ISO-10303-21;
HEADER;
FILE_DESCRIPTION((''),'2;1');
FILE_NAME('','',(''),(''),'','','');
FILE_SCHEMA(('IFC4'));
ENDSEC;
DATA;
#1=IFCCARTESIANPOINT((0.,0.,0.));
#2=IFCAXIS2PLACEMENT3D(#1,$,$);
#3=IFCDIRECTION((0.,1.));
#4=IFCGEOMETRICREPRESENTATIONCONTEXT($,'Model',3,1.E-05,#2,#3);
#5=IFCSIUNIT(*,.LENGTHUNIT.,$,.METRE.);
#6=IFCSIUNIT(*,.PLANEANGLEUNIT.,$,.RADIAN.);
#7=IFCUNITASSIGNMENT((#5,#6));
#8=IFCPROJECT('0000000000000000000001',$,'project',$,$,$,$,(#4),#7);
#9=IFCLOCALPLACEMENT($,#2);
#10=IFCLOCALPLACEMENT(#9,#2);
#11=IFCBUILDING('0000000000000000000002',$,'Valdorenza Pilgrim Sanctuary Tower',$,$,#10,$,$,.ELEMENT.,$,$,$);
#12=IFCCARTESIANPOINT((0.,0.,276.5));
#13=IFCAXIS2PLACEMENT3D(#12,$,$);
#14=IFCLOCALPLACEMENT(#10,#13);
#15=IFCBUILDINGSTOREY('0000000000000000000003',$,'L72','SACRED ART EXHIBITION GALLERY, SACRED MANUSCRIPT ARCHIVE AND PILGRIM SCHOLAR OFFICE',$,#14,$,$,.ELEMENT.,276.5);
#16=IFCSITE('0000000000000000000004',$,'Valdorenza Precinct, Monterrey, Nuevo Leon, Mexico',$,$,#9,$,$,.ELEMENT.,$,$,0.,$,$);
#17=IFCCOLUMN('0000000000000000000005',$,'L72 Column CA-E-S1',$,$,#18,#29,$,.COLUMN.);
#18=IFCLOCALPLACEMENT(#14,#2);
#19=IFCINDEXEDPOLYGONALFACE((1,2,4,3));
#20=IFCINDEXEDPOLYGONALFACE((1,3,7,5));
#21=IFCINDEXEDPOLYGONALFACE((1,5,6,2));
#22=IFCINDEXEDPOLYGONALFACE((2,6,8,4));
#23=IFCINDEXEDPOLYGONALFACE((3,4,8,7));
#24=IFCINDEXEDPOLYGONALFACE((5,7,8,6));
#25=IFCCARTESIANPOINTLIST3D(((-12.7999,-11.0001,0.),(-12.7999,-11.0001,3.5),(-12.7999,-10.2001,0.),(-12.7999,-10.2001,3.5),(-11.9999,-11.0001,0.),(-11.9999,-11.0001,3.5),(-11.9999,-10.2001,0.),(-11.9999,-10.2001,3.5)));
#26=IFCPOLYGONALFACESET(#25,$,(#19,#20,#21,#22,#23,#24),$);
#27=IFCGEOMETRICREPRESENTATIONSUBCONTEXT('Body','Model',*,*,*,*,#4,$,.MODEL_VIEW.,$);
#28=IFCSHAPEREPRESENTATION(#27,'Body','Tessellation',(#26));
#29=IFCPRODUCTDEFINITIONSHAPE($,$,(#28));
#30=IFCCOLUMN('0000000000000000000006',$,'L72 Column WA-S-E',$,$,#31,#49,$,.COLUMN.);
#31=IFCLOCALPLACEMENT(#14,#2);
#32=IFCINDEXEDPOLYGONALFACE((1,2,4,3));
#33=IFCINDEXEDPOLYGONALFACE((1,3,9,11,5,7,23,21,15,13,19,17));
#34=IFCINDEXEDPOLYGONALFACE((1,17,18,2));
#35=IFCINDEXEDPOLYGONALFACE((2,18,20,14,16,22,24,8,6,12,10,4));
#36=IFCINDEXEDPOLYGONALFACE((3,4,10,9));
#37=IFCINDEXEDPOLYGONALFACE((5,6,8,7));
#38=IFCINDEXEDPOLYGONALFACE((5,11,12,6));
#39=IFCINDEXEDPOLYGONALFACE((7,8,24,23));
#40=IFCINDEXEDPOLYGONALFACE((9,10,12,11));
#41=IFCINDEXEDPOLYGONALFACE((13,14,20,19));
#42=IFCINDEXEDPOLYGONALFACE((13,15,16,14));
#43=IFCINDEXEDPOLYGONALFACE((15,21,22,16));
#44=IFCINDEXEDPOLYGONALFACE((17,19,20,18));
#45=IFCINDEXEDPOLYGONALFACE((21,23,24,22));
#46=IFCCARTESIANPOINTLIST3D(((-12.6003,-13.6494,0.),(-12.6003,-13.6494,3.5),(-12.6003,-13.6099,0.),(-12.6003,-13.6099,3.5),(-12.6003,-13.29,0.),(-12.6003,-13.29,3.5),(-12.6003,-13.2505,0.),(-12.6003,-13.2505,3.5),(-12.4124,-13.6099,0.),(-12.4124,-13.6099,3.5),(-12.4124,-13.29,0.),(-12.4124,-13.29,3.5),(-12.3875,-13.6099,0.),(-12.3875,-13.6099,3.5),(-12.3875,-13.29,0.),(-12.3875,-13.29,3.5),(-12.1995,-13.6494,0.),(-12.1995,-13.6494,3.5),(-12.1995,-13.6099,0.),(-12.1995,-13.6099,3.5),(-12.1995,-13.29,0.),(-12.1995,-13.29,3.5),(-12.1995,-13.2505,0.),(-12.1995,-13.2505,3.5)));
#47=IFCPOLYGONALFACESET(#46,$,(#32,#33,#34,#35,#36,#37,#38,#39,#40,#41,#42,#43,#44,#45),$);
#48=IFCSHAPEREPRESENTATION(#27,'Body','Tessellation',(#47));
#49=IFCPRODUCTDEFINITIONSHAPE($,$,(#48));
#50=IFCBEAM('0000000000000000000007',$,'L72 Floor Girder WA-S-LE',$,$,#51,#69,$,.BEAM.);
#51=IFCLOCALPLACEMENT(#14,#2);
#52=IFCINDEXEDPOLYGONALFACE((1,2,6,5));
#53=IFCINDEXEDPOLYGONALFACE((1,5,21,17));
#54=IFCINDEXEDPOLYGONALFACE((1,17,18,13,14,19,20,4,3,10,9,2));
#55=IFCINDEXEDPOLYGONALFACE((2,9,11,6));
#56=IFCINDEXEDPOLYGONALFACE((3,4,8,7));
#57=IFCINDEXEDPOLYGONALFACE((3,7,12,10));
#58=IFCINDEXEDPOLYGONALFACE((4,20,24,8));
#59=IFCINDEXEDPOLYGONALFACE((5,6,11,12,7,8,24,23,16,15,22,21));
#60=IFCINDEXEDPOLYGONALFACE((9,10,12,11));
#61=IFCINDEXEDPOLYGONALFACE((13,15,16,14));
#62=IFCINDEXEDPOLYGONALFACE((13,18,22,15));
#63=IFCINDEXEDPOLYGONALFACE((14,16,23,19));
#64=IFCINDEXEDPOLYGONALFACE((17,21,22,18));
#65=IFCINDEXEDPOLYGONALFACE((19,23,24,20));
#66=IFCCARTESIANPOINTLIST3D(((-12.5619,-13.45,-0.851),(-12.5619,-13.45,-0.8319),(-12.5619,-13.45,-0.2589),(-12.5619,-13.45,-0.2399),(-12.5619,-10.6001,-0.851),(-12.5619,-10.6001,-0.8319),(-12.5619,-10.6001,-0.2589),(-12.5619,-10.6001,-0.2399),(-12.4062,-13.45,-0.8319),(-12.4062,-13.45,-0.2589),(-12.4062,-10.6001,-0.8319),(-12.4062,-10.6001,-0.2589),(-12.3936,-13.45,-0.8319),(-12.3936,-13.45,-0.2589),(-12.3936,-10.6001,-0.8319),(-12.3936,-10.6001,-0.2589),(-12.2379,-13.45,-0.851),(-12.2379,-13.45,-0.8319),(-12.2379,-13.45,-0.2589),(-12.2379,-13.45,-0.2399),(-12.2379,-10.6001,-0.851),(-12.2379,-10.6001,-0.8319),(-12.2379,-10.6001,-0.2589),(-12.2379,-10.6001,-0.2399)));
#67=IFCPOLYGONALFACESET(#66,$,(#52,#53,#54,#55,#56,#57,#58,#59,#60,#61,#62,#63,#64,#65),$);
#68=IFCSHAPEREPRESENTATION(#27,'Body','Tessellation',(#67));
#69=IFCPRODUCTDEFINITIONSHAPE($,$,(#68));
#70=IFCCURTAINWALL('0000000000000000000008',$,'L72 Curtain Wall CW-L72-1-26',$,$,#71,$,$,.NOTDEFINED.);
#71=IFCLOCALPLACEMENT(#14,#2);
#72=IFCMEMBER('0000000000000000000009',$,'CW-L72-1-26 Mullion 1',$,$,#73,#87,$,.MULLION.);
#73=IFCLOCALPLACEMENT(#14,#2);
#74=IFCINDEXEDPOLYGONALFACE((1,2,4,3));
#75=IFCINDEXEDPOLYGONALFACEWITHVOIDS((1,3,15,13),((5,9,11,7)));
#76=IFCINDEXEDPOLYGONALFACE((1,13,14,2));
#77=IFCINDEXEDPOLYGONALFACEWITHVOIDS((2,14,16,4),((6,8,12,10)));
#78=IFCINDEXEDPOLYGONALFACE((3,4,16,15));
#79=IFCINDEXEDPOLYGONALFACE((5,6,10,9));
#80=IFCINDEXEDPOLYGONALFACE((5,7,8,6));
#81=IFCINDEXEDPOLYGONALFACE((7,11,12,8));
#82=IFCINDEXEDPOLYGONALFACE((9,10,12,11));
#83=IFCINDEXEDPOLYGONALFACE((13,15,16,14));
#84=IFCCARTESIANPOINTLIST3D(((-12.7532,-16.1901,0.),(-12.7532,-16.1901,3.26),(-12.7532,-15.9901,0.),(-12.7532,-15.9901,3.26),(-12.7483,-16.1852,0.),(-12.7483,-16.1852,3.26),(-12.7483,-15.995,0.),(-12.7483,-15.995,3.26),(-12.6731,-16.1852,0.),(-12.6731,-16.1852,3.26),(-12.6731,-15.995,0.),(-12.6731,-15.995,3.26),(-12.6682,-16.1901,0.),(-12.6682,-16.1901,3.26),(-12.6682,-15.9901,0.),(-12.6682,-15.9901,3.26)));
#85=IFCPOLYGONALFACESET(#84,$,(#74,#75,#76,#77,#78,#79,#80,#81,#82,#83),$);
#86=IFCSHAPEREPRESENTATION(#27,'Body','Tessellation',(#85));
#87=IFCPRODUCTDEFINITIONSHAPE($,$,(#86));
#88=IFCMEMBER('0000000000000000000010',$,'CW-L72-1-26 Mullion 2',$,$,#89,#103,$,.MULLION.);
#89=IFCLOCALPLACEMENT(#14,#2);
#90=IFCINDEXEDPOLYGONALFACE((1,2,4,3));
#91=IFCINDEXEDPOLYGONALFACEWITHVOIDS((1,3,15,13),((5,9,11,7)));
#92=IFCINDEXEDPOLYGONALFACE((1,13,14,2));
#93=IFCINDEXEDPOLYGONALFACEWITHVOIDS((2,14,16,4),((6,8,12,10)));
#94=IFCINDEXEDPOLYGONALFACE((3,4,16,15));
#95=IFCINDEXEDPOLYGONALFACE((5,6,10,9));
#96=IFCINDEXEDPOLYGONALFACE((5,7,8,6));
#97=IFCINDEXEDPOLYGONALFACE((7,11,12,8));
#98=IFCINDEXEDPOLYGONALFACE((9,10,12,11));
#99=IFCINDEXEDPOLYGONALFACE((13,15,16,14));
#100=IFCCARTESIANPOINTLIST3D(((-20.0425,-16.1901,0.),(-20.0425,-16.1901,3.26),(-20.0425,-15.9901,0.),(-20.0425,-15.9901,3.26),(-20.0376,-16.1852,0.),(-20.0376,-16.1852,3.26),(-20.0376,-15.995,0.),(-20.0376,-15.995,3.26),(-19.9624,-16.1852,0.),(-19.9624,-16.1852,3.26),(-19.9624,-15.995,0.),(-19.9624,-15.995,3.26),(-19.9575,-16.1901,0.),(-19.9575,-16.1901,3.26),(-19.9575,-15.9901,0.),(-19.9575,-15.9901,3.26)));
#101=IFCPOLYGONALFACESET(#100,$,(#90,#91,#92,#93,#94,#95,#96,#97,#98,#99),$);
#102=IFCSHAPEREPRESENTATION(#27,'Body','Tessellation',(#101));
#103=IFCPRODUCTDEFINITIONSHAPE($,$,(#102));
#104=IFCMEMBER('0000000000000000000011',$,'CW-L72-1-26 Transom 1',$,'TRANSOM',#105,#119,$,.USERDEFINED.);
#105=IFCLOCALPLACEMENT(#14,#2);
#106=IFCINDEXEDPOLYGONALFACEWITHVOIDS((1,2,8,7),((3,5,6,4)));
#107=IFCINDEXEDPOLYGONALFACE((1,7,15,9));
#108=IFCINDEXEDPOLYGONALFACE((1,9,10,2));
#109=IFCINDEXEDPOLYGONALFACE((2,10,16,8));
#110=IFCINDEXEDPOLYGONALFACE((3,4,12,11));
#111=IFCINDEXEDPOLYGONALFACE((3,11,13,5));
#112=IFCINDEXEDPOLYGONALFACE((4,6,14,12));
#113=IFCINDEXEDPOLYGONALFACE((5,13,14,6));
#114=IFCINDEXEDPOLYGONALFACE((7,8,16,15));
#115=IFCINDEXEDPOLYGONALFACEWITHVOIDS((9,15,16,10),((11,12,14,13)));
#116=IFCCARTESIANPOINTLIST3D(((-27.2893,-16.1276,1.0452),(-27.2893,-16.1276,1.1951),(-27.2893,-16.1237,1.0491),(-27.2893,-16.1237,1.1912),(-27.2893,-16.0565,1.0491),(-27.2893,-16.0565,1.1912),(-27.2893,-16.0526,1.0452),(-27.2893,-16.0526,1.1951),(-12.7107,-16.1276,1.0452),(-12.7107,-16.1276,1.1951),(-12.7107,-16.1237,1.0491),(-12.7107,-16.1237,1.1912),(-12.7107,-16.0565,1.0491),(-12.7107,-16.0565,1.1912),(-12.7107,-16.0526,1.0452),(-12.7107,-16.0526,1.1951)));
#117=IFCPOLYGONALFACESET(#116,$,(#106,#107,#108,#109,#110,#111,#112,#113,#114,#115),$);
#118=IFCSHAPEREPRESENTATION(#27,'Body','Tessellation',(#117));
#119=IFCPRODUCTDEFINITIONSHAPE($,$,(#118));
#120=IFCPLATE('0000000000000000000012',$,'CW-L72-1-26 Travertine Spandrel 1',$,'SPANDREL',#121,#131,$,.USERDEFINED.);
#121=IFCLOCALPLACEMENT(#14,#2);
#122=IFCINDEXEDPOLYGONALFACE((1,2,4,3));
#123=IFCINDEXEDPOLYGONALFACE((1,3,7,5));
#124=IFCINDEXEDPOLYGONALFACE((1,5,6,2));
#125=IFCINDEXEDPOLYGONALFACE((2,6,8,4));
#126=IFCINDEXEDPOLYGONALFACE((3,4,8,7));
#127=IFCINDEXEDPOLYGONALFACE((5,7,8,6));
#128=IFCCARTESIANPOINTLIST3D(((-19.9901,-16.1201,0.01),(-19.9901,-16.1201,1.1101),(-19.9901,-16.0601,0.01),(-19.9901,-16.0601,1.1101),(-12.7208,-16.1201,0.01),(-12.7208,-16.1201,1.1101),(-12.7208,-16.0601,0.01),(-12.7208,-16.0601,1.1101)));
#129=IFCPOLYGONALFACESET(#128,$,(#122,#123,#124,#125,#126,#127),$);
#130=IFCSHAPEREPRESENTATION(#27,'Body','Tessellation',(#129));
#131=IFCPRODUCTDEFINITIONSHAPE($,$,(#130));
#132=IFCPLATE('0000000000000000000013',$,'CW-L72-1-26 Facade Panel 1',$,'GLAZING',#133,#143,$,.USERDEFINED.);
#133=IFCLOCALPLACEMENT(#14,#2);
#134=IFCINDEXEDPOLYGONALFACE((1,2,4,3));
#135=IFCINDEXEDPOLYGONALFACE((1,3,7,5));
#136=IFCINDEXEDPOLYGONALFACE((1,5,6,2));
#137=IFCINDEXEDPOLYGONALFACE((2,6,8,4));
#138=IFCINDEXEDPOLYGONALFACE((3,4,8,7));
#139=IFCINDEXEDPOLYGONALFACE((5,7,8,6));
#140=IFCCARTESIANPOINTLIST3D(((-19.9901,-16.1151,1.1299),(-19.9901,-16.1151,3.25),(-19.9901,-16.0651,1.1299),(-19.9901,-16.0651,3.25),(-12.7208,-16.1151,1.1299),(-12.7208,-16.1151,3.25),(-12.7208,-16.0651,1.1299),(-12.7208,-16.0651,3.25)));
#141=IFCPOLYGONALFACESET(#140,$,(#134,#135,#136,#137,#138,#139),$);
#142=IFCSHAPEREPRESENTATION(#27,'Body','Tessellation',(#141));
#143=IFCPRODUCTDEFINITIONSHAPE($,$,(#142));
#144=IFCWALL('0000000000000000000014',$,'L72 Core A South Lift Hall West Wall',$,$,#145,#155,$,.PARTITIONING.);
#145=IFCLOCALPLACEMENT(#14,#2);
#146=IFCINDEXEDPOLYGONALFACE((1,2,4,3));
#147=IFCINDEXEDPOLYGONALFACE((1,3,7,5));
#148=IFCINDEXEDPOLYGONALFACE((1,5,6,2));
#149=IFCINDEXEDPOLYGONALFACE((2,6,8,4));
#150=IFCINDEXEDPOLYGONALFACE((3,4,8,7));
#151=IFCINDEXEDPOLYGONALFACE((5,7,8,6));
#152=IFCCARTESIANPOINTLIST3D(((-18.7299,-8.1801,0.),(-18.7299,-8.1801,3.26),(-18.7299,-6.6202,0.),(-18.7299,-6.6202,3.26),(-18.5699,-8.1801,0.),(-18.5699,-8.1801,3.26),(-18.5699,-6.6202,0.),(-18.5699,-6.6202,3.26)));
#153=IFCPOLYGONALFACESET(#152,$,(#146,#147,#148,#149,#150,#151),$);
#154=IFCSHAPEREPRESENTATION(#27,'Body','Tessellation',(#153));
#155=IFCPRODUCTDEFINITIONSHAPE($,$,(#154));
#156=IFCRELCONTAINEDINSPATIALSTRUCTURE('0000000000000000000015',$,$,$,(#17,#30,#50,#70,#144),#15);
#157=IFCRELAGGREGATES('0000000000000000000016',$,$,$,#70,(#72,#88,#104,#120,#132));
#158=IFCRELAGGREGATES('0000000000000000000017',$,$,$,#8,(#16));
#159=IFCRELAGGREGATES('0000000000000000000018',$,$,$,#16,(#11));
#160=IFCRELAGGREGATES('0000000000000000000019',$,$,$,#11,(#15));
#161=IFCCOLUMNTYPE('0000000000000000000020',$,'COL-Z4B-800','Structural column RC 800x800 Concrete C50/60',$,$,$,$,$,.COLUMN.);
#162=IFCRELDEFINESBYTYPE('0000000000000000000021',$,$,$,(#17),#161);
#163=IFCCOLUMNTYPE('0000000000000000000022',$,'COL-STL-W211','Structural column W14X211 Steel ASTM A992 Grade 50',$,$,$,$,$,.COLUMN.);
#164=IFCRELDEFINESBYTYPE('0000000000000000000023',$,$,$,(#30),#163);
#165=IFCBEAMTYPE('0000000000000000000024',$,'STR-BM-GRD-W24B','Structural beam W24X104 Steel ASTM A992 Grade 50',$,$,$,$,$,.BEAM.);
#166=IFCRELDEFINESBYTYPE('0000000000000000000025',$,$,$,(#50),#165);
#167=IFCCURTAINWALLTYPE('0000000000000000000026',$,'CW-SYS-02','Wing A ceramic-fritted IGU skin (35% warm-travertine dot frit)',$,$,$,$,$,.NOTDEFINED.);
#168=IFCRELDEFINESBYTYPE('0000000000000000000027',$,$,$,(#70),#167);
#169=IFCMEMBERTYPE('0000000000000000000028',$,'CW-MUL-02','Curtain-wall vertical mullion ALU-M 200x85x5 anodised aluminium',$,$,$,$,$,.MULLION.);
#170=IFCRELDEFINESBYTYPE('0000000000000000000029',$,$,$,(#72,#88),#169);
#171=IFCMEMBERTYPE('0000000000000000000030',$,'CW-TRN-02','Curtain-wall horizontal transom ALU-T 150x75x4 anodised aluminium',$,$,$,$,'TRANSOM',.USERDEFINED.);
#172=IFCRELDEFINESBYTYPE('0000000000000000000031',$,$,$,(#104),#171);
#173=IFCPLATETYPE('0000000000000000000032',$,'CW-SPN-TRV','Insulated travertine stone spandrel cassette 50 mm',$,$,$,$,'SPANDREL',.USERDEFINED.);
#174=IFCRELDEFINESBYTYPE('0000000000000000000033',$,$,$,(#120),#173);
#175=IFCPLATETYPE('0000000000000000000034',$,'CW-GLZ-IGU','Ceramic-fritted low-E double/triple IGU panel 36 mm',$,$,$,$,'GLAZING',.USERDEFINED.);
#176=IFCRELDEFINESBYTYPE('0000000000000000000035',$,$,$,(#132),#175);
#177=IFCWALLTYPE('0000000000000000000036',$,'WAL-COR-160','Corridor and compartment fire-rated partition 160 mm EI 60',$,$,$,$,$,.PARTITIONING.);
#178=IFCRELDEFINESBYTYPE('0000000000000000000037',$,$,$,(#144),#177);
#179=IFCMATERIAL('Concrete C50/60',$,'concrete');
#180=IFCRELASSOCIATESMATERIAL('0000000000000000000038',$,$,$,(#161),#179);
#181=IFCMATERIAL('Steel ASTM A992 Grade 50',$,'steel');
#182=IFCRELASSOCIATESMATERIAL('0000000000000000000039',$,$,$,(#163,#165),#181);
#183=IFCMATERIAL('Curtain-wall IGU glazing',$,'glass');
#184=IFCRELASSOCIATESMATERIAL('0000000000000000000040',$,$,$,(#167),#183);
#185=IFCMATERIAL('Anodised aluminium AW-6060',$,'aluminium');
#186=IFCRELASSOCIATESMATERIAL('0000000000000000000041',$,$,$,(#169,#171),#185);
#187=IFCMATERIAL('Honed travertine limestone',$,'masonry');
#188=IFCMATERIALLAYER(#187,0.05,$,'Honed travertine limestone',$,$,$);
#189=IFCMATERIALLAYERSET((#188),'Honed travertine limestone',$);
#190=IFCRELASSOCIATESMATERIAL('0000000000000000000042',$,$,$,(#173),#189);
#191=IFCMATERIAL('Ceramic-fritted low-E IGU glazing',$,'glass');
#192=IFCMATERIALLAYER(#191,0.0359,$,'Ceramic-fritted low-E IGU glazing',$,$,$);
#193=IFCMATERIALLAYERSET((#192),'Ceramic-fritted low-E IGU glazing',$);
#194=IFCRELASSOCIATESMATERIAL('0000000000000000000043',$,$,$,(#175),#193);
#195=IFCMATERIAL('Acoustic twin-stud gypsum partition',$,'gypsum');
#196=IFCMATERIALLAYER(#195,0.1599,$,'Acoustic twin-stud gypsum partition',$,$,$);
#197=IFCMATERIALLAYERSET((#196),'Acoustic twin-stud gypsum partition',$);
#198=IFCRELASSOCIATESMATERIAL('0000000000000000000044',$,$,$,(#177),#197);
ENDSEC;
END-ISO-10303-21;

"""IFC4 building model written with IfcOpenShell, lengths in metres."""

from ifc_helpers import new_model, si_unit, direction, frame, frame_2d, origin, origin_2d, place, context, subcontext, project, spatial, rectangle, hollow_rectangle, i_section, extrude, source, transform, mapped, material, layer, layer_set, material_profile, profile_set, type_object, element, aggregate, save


model = new_model("IFC4")

# Units and contexts
model_context = context("Model", 3, precision=1e-05, world=origin(), true_north=direction((0.0, 1.0)))
body_context = subcontext(model_context, "Body", "Model", "MODEL_VIEW")
ifc_project = project(units=[si_unit("LENGTHUNIT", "METRE"), si_unit("PLANEANGLEUNIT", "RADIAN")], contexts=[model_context])

# Site, building, storey
site_placement = place(None, origin())
site = spatial("IfcSite", under=ifc_project, at=site_placement, Name="Valdorenza Precinct, Monterrey, Nuevo Leon, Mexico", CompositionType="ELEMENT", RefElevation=0.0)
building_placement = place(site_placement, origin())
building = spatial("IfcBuilding", under=site, at=building_placement, Name="Valdorenza Pilgrim Sanctuary Tower", CompositionType="ELEMENT")
storey_placement = place(building_placement, frame((0.0, 0.0, 276.5)))
storey = spatial("IfcBuildingStorey", under=building, at=storey_placement, Name="L72", Description="SACRED ART EXHIBITION GALLERY, SACRED MANUSCRIPT ARCHIVE AND PILGRIM SCHOLAR OFFICE", CompositionType="ELEMENT", Elevation=276.5)

# Columns
ifc_material_1 = material(Name="Concrete C50/60", Category="concrete")
ifc_material_profile_1 = material_profile(ifc_material_1, rectangle(XDim=0.8, YDim=0.8, at=origin_2d()), Name="RC 800x800")
ifc_profile_set_1 = profile_set([ifc_material_profile_1], Name="Concrete C50/60")
column_type_1 = type_object("IfcColumnType", Name="COL-Z4B-800", Description="Structural column RC 800x800 Concrete C50/60", PredefinedType="COLUMN", material=ifc_profile_set_1)
shared_shape_1 = source(origin(), body_context, "Body", "SweptSolid", [
    extrude(rectangle(XDim=0.8, YDim=0.8, at=origin_2d()), origin(), (0.0, 0.0, 1.0), 3.5),
])
column_1_placement = place(storey_placement, frame((-12.3999, -10.6001, 0.0), z_axis=(0.0, 0.0, 1.0), x_axis=(1.0, 0.0, 0.0)))
element("IfcColumn", 1, at=column_1_placement, inside=storey, type_object=column_type_1, Name="L72 Column CA-E-S1", PredefinedType="COLUMN", context=body_context, shape_type="MappedRepresentation", body=[
    mapped(shared_shape_1, transform((0.0, 0.0, 0.0), x_axis=(1.0, 0.0, 0.0), y_axis=(0.0, 1.0, 0.0), z_axis=(0.0, 0.0, 1.0), scale=1.0)),
])
ifc_material_2 = material(Name="Steel ASTM A992 Grade 50", Category="steel")
ifc_material_profile_2 = material_profile(ifc_material_2, i_section(OverallWidth=0.4009, OverallDepth=0.3989, WebThickness=0.0249, FlangeThickness=0.0396, at=origin_2d()), Name="W14X211")
ifc_profile_set_2 = profile_set([ifc_material_profile_2], Name="Steel ASTM A992 Grade 50")
column_type_2 = type_object("IfcColumnType", Name="COL-STL-W211", Description="Structural column W14X211 Steel ASTM A992 Grade 50", PredefinedType="COLUMN", material=ifc_profile_set_2)
shared_shape_2 = source(origin(), body_context, "Body", "SweptSolid", [
    extrude(i_section(OverallWidth=0.4009, OverallDepth=0.3989, WebThickness=0.0249, FlangeThickness=0.0396, at=origin_2d()), origin(), (0.0, 0.0, 1.0), 3.5),
])
column_2_placement = place(storey_placement, frame((-12.3999, -13.45, 0.0), z_axis=(0.0, 0.0, 1.0), x_axis=(1.0, 0.0, 0.0)))
element("IfcColumn", 2, at=column_2_placement, inside=storey, type_object=column_type_2, Name="L72 Column WA-S-E", PredefinedType="COLUMN", context=body_context, shape_type="MappedRepresentation", body=[
    mapped(shared_shape_2, transform((0.0, 0.0, 0.0), x_axis=(1.0, 0.0, 0.0), y_axis=(0.0, 1.0, 0.0), z_axis=(0.0, 0.0, 1.0), scale=1.0)),
])

# Beam
ifc_material_profile_3 = material_profile(ifc_material_2, i_section(OverallWidth=0.324, OverallDepth=0.6111, WebThickness=0.0127, FlangeThickness=0.019, at=origin_2d()), Name="W24X104")
ifc_profile_set_3 = profile_set([ifc_material_profile_3], Name="Steel ASTM A992 Grade 50")
beam_type = type_object("IfcBeamType", Name="STR-BM-GRD-W24B", Description="Structural beam W24X104 Steel ASTM A992 Grade 50", PredefinedType="BEAM", material=ifc_profile_set_3)
shared_shape_3 = source(origin(), body_context, "Body", "SweptSolid", [
    extrude(i_section(OverallWidth=0.324, OverallDepth=0.6111, WebThickness=0.0127, FlangeThickness=0.019, at=origin_2d()), origin(), (0.0, 0.0, 1.0), 2.8499),
])
beam_placement = place(storey_placement, frame((-12.3999, -13.45, -0.5454), z_axis=(0.0, 1.0, 0.0), x_axis=(-1.0, 0.0, 0.0)))
element("IfcBeam", 3, at=beam_placement, inside=storey, type_object=beam_type, Name="L72 Floor Girder WA-S-LE", PredefinedType="BEAM", context=body_context, shape_type="MappedRepresentation", body=[
    mapped(shared_shape_3, transform((0.0, 0.0, 0.0), x_axis=(1.0, 0.0, 0.0), y_axis=(0.0, 1.0, 0.0), z_axis=(0.0, 0.0, 1.0), scale=1.0)),
])

# Curtain wall, members, plates
ifc_material_3 = material(Name="Curtain-wall IGU glazing", Category="glass")
curtain_wall_type = type_object("IfcCurtainWallType", Name="CW-SYS-02", Description="Wing A ceramic-fritted IGU skin (35% warm-travertine dot frit)", PredefinedType="NOTDEFINED", material=ifc_material_3)
curtain_wall_placement = place(storey_placement, origin())
curtain_wall = element("IfcCurtainWall", 4, at=curtain_wall_placement, inside=storey, type_object=curtain_wall_type, Name="L72 Curtain Wall CW-L72-1-26", PredefinedType="NOTDEFINED")
ifc_material_4 = material(Name="Anodised aluminium AW-6060", Category="aluminium")
ifc_material_profile_4 = material_profile(ifc_material_4, hollow_rectangle(XDim=0.085, YDim=0.2, WallThickness=0.0049, at=origin_2d()), Name="ALU-M 200x85x5")
ifc_profile_set_4 = profile_set([ifc_material_profile_4], Name="Anodised aluminium AW-6060")
member_type_1 = type_object("IfcMemberType", Name="CW-MUL-02", Description="Curtain-wall vertical mullion ALU-M 200x85x5 anodised aluminium", PredefinedType="MULLION", material=ifc_profile_set_4)
shared_shape_4 = source(origin(), body_context, "Body", "SweptSolid", [
    extrude(hollow_rectangle(XDim=0.085, YDim=0.2, WallThickness=0.0049, at=origin_2d()), origin(), (0.0, 0.0, 1.0), 3.26),
])
member_1_placement = place(storey_placement, frame((-12.7107, -16.0901, 0.0), z_axis=(0.0, 0.0, 1.0), x_axis=(-1.0, 0.0, 0.0)))
member_1 = element("IfcMember", 5, at=member_1_placement, type_object=member_type_1, Name="CW-L72-1-26 Mullion 1", PredefinedType="MULLION", context=body_context, shape_type="MappedRepresentation", body=[
    mapped(shared_shape_4, transform((0.0, 0.0, 0.0), x_axis=(1.0, 0.0, 0.0), y_axis=(0.0, 1.0, 0.0), z_axis=(0.0, 0.0, 1.0), scale=1.0)),
])
member_2_placement = place(storey_placement, frame((-20.0, -16.0901, 0.0), z_axis=(0.0, 0.0, 1.0), x_axis=(-1.0, 0.0, 0.0)))
member_2 = element("IfcMember", 6, at=member_2_placement, type_object=member_type_1, Name="CW-L72-1-26 Mullion 2", PredefinedType="MULLION", context=body_context, shape_type="MappedRepresentation", body=[
    mapped(shared_shape_4, transform((0.0, 0.0, 0.0), x_axis=(1.0, 0.0, 0.0), y_axis=(0.0, 1.0, 0.0), z_axis=(0.0, 0.0, 1.0), scale=1.0)),
])
ifc_material_profile_5 = material_profile(ifc_material_4, hollow_rectangle(XDim=0.075, YDim=0.1499, WallThickness=0.0039, at=origin_2d()), Name="ALU-T 150x75x4")
ifc_profile_set_5 = profile_set([ifc_material_profile_5], Name="Anodised aluminium AW-6060")
member_type_2 = type_object("IfcMemberType", Name="CW-TRN-02", Description="Curtain-wall horizontal transom ALU-T 150x75x4 anodised aluminium", ElementType="TRANSOM", PredefinedType="USERDEFINED", material=ifc_profile_set_5)
shared_shape_5 = source(origin(), body_context, "Body", "SweptSolid", [
    extrude(hollow_rectangle(XDim=0.075, YDim=0.1499, WallThickness=0.0039, at=origin_2d()), origin(), (0.0, 0.0, 1.0), 14.5786),
])
member_3_placement = place(storey_placement, frame((-12.7107, -16.0901, 1.1201), z_axis=(-1.0, 0.0, 0.0), x_axis=(0.0, -1.0, 0.0)))
member_3 = element("IfcMember", 7, at=member_3_placement, type_object=member_type_2, Name="CW-L72-1-26 Transom 1", ObjectType="TRANSOM", PredefinedType="USERDEFINED", context=body_context, shape_type="MappedRepresentation", body=[
    mapped(shared_shape_5, transform((0.0, 0.0, 0.0), x_axis=(1.0, 0.0, 0.0), y_axis=(0.0, 1.0, 0.0), z_axis=(0.0, 0.0, 1.0), scale=1.0)),
])
ifc_material_5 = material(Name="Honed travertine limestone", Category="masonry")
ifc_layer_1 = layer(ifc_material_5, 0.05, Name="Honed travertine limestone")
ifc_layer_set_1 = layer_set([ifc_layer_1], Name="Honed travertine limestone")
plate_type_1 = type_object("IfcPlateType", Name="CW-SPN-TRV", Description="Insulated travertine stone spandrel cassette 50 mm", ElementType="SPANDREL", PredefinedType="USERDEFINED", material=ifc_layer_set_1)
shared_shape_6 = source(origin(), body_context, "Body", "SweptSolid", [
    extrude(rectangle(XDim=7.2693, YDim=0.0601, at=origin_2d()), origin(), (0.0, 0.0, 1.0), 1.1001),
])
plate_1_placement = place(storey_placement, frame((-16.3555, -16.0901, 0.01), z_axis=(0.0, 0.0, 1.0), x_axis=(-1.0, 0.0, 0.0)))
plate_1 = element("IfcPlate", 8, at=plate_1_placement, type_object=plate_type_1, Name="CW-L72-1-26 Travertine Spandrel 1", ObjectType="SPANDREL", PredefinedType="USERDEFINED", context=body_context, shape_type="MappedRepresentation", body=[
    mapped(shared_shape_6, transform((0.0, 0.0, 0.0), x_axis=(1.0, 0.0, 0.0), y_axis=(0.0, 1.0, 0.0), z_axis=(0.0, 0.0, 1.0), scale=1.0)),
])
ifc_material_6 = material(Name="Ceramic-fritted low-E IGU glazing", Category="glass")
ifc_layer_2 = layer(ifc_material_6, 0.0359, Name="Ceramic-fritted low-E IGU glazing")
ifc_layer_set_2 = layer_set([ifc_layer_2], Name="Ceramic-fritted low-E IGU glazing")
plate_type_2 = type_object("IfcPlateType", Name="CW-GLZ-IGU", Description="Ceramic-fritted low-E double/triple IGU panel 36 mm", ElementType="GLAZING", PredefinedType="USERDEFINED", material=ifc_layer_set_2)
shared_shape_7 = source(origin(), body_context, "Body", "SweptSolid", [
    extrude(rectangle(XDim=7.2693, YDim=0.05, at=origin_2d()), origin(), (0.0, 0.0, 1.0), 2.1201),
])
plate_2_placement = place(storey_placement, frame((-16.3555, -16.0901, 1.1299), z_axis=(0.0, 0.0, 1.0), x_axis=(-1.0, 0.0, 0.0)))
plate_2 = element("IfcPlate", 9, at=plate_2_placement, type_object=plate_type_2, Name="CW-L72-1-26 Facade Panel 1", ObjectType="GLAZING", PredefinedType="USERDEFINED", context=body_context, shape_type="MappedRepresentation", body=[
    mapped(shared_shape_7, transform((0.0, 0.0, 0.0), x_axis=(1.0, 0.0, 0.0), y_axis=(0.0, 1.0, 0.0), z_axis=(0.0, 0.0, 1.0), scale=1.0)),
])
aggregate(curtain_wall, [member_1, member_2, member_3, plate_1, plate_2])

# Wall
ifc_material_7 = material(Name="Acoustic twin-stud gypsum partition", Category="gypsum")
ifc_layer_3 = layer(ifc_material_7, 0.1599, Name="Acoustic twin-stud gypsum partition")
ifc_layer_set_3 = layer_set([ifc_layer_3], Name="Acoustic twin-stud gypsum partition")
wall_type_1 = type_object("IfcWallType", Name="WAL-COR-160", Description="Corridor and compartment fire-rated partition 160 mm EI 60", PredefinedType="PARTITIONING", material=ifc_layer_set_3)
wall_1_placement = place(storey_placement, frame((-18.6499, -8.1799, 0.0), z_axis=(0.0, 0.0, 1.0), x_axis=(0.0, 1.0, 0.0)))
element("IfcWall", 10, at=wall_1_placement, inside=storey, type_object=wall_type_1, Name="L72 Core A South Lift Hall West Wall", PredefinedType="PARTITIONING", context=body_context, shape_type="SweptSolid", body=[
    extrude(rectangle(XDim=1.5598, YDim=0.1599, at=frame_2d((0.7798, 0.0))), origin(), (0.0, 0.0, 1.0), 3.26),
])

save(model, "model.ifc")
